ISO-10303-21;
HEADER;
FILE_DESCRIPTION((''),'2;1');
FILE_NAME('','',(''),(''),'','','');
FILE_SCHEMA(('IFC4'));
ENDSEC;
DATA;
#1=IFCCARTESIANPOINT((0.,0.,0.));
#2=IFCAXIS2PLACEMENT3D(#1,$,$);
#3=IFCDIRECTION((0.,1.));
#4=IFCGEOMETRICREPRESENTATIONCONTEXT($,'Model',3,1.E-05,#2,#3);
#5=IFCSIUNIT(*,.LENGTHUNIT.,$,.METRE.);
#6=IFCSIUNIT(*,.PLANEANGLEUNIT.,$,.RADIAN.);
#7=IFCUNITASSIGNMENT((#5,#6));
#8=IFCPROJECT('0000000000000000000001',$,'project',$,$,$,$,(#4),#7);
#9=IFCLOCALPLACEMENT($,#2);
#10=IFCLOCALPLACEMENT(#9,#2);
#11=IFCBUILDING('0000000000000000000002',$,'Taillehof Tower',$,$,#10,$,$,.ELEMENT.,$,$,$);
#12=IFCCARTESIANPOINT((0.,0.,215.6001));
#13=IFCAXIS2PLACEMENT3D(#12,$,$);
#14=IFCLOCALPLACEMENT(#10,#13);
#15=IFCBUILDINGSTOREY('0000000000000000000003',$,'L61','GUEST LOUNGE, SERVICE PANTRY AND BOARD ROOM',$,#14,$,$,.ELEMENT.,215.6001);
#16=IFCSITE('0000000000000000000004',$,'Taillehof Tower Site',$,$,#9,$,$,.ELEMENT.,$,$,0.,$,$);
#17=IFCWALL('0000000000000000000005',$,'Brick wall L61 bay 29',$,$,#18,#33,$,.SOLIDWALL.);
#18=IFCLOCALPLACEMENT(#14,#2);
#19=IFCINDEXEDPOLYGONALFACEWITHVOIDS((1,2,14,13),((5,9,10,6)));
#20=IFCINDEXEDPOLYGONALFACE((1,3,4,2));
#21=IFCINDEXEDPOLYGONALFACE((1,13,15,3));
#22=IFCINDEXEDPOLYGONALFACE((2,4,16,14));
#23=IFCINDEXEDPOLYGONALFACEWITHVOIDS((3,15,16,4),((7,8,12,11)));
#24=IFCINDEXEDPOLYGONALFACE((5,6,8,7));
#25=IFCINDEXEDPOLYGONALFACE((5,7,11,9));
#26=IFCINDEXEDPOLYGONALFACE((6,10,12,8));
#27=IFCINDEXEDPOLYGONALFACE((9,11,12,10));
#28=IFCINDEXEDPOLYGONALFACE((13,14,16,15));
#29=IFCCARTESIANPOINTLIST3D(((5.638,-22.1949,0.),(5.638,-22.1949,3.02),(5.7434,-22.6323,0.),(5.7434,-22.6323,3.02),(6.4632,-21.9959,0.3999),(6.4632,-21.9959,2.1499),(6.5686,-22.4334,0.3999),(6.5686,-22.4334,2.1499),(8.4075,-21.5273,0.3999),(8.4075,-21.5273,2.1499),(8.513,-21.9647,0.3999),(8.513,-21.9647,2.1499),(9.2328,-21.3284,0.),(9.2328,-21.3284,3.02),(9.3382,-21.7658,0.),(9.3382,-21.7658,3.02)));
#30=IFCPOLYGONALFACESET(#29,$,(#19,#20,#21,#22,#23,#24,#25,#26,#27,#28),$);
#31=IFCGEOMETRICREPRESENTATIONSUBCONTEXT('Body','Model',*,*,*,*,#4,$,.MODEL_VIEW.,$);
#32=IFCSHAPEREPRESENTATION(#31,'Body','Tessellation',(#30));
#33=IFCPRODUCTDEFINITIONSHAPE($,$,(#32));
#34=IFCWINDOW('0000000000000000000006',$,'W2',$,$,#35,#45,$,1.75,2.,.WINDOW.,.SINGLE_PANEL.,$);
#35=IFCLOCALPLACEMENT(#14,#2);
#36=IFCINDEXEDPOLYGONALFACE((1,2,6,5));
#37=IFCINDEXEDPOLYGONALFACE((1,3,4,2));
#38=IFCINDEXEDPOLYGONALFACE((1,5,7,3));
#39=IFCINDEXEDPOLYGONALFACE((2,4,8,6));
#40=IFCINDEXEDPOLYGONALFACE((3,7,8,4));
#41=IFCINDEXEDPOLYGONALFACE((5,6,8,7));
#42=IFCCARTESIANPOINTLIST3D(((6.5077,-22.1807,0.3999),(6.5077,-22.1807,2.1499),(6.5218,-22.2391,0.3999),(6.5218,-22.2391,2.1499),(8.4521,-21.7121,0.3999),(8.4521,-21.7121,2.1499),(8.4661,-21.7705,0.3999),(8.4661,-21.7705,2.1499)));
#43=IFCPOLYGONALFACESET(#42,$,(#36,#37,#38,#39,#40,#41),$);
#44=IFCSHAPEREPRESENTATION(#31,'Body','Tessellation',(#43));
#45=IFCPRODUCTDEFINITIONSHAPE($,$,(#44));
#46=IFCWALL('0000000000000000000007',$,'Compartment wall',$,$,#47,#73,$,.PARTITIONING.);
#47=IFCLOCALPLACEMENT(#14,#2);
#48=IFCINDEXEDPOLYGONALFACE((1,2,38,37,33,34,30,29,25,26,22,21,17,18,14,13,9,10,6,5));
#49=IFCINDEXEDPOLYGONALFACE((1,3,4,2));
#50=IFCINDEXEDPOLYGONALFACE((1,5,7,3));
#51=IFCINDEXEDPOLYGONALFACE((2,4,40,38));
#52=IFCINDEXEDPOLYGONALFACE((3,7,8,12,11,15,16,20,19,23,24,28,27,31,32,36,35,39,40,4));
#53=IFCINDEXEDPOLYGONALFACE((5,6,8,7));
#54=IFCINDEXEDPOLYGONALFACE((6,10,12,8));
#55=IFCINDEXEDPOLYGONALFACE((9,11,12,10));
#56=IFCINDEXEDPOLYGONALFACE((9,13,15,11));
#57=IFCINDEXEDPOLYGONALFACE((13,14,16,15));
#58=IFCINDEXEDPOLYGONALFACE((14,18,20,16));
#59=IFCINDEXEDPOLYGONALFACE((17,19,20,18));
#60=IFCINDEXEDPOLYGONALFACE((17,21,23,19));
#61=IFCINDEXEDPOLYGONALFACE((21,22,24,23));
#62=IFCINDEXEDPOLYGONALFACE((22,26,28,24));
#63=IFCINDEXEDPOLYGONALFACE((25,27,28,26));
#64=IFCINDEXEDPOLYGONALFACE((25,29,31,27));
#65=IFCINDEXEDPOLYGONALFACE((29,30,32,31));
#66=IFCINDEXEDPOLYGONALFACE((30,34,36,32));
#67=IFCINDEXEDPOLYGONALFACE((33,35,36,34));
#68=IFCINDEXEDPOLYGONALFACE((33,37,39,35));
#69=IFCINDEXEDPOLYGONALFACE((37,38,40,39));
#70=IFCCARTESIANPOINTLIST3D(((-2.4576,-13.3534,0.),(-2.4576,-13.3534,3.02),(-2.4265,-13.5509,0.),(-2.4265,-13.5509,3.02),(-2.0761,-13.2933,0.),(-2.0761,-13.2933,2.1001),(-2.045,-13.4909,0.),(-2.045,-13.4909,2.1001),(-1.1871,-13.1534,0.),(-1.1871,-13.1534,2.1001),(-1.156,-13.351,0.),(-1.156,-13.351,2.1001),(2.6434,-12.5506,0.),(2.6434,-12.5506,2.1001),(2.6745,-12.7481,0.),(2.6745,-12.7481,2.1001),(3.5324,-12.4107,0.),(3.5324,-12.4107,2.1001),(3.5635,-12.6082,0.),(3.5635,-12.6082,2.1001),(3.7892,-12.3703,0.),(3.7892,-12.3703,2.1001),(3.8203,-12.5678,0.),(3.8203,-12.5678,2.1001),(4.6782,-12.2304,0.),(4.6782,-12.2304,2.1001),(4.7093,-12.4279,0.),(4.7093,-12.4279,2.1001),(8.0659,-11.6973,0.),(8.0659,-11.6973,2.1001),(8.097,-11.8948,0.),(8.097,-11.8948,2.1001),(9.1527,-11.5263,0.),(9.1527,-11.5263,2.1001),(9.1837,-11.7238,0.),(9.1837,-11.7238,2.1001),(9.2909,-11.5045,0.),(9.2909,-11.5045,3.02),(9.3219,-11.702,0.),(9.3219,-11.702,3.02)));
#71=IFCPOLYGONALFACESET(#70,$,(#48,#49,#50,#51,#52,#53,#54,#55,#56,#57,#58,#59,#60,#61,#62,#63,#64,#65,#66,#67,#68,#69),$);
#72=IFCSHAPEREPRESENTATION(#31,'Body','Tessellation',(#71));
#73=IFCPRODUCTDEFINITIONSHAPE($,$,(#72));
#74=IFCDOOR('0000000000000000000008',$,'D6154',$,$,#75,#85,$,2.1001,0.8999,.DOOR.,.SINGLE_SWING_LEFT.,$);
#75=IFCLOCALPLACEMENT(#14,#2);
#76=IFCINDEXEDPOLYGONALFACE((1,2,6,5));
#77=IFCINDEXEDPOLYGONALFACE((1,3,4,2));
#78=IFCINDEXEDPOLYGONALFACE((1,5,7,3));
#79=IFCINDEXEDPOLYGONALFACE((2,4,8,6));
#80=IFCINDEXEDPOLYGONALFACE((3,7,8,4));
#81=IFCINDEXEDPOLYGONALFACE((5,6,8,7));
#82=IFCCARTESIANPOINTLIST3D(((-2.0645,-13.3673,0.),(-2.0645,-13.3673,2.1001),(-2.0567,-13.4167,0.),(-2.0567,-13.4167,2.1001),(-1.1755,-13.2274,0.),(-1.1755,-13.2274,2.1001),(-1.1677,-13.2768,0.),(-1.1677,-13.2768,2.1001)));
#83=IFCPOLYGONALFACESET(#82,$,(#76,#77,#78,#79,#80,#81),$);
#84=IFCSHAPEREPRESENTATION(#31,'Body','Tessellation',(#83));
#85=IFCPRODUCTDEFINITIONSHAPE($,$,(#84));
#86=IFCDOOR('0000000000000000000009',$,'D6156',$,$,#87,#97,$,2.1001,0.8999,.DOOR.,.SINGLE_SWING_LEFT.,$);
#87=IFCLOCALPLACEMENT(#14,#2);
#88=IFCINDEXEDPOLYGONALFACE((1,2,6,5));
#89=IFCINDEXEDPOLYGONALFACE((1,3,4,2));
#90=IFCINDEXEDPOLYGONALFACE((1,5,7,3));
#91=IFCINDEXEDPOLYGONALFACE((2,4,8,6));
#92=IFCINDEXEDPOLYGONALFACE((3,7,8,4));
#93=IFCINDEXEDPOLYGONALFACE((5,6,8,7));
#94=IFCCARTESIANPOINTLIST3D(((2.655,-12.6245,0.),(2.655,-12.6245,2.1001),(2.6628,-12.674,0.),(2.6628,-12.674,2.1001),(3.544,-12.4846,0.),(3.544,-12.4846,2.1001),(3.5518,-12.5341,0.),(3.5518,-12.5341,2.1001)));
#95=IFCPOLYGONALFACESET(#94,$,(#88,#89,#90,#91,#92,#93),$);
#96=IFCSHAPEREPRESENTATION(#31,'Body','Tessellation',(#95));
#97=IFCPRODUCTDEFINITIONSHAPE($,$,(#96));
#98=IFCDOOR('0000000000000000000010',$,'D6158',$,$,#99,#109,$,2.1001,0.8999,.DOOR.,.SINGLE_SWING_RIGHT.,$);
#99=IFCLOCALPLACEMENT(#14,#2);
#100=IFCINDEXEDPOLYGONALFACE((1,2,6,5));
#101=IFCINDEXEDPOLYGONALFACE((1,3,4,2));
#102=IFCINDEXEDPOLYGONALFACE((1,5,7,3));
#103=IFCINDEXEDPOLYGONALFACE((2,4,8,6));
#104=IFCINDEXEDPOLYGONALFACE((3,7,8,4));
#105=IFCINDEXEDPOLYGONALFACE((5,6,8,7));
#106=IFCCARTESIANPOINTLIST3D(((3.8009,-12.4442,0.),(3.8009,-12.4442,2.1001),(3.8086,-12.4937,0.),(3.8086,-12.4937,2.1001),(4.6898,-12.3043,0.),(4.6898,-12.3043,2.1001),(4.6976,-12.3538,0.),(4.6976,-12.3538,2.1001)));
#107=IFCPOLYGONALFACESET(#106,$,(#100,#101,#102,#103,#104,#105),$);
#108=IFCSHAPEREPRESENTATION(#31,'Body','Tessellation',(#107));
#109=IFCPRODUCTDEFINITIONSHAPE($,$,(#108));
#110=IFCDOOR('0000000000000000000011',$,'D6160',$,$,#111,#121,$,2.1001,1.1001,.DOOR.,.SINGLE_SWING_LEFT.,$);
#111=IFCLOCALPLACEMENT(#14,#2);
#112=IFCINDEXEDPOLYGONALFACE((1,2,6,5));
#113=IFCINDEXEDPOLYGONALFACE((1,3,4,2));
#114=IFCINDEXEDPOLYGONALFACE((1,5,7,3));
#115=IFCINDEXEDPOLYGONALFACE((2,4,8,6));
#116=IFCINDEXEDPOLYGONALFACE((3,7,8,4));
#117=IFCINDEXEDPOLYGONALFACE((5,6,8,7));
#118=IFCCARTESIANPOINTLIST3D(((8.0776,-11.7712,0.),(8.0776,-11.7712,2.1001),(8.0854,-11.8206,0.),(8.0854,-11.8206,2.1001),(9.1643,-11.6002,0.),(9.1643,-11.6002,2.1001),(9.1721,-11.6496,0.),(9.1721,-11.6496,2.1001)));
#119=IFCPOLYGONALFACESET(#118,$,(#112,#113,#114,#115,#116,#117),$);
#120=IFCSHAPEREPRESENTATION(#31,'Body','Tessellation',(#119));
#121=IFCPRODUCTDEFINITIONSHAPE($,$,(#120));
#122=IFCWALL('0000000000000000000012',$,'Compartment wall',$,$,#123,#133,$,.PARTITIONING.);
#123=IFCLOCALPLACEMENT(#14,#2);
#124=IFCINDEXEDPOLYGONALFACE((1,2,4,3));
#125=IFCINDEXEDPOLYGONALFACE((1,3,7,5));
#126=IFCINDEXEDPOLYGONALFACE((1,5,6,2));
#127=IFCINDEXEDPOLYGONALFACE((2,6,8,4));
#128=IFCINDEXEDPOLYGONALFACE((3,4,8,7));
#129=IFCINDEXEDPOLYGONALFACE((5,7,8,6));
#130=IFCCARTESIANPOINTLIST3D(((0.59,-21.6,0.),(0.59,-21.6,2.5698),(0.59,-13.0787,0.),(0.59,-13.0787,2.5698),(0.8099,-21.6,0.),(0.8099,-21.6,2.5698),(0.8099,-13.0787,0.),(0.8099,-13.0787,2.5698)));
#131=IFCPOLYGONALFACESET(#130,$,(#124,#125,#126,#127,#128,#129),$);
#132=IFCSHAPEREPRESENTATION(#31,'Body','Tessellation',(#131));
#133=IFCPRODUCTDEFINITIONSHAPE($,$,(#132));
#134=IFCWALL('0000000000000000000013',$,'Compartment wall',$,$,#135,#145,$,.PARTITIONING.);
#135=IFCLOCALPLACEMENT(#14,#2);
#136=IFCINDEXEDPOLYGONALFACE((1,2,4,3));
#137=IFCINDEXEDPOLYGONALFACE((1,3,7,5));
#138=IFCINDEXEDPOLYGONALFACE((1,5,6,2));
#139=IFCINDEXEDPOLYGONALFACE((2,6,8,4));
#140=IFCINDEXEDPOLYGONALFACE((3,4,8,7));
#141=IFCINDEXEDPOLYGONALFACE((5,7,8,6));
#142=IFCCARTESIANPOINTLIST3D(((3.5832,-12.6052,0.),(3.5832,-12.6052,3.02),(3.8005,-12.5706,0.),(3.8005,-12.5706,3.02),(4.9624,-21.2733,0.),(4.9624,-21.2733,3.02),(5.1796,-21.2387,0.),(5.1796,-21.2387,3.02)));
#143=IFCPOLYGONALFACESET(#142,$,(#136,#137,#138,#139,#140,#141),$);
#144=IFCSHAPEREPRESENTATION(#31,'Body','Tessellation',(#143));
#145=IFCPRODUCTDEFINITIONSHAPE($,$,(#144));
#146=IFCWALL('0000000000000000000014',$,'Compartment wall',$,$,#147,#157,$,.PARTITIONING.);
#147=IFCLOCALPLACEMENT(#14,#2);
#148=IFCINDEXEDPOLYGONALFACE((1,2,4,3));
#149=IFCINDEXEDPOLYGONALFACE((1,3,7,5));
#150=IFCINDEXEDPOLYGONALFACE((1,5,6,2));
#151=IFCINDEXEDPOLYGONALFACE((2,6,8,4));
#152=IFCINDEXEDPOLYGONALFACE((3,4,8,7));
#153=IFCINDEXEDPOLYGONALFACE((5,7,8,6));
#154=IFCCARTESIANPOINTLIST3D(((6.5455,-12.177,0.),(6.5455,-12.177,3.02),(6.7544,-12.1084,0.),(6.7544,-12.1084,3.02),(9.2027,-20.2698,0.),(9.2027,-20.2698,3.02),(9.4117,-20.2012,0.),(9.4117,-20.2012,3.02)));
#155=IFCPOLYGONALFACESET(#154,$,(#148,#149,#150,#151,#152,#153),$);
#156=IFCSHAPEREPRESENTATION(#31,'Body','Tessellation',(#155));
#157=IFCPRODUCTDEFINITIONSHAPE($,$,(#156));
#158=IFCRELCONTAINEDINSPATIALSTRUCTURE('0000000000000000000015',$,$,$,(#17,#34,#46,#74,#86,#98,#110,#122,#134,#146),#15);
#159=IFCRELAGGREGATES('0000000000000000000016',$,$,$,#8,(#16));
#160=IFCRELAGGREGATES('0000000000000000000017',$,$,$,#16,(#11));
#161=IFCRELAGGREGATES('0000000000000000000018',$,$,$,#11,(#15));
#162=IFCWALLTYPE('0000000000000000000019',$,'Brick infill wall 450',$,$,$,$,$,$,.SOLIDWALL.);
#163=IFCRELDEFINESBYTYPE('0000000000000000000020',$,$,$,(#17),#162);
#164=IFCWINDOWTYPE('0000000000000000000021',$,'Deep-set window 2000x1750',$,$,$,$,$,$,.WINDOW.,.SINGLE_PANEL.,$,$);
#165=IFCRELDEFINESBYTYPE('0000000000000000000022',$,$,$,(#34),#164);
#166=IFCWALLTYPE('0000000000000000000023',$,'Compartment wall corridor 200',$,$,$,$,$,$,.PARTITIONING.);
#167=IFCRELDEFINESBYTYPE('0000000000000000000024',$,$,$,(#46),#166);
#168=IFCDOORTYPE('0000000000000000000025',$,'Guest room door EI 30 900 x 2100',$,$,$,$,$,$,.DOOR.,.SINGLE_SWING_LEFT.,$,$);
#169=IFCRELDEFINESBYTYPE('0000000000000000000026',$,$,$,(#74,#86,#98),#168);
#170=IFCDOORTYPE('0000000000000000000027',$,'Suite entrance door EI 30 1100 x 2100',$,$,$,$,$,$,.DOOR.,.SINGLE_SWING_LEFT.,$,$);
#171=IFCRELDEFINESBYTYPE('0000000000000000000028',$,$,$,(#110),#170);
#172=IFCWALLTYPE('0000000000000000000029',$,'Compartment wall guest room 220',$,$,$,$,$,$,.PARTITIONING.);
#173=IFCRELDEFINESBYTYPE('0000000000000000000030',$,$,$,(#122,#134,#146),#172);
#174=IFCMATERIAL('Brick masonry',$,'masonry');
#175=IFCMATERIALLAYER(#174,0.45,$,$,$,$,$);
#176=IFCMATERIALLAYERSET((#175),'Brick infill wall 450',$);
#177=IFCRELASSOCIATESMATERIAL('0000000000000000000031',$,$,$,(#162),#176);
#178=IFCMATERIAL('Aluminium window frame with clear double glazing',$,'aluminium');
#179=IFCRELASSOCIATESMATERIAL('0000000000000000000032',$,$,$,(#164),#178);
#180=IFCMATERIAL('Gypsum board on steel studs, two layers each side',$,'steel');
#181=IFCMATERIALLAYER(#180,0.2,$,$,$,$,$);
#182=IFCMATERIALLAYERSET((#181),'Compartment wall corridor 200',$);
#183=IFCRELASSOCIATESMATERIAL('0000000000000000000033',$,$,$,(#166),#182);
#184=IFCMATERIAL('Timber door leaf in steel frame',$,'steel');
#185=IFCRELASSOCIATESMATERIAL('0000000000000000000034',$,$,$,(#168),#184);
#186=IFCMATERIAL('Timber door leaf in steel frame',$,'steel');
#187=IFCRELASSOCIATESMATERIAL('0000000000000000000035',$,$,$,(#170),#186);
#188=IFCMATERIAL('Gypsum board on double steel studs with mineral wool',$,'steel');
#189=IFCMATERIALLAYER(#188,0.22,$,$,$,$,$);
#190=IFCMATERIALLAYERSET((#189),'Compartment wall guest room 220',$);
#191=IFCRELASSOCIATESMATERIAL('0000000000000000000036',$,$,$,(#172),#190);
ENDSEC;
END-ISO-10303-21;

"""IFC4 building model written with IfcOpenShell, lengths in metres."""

from ifc_helpers import new_model, si_unit, direction, frame, frame_2d, origin, place, context, subcontext, project, spatial, rectangle, extrude, material, layer, layer_set, type_object, element, fill, save


model = new_model("IFC4")

# Units and contexts
model_context = context("Model", 3, precision=1e-05, world=origin(), true_north=direction((0.0, 1.0)))
body_context = subcontext(model_context, "Body", "Model", "MODEL_VIEW")
ifc_project = project(units=[si_unit("LENGTHUNIT", "METRE"), si_unit("PLANEANGLEUNIT", "RADIAN")], contexts=[model_context])

# Site, building, storey
site_placement = place(None, origin())
site = spatial("IfcSite", under=ifc_project, at=site_placement, Name="Taillehof Tower Site", CompositionType="ELEMENT", RefElevation=0.0)
building_placement = place(site_placement, origin())
building = spatial("IfcBuilding", under=site, at=building_placement, Name="Taillehof Tower", CompositionType="ELEMENT")
storey_placement = place(building_placement, frame((0.0, 0.0, 215.6001)))
storey = spatial("IfcBuildingStorey", under=building, at=storey_placement, Name="L61", Description="GUEST LOUNGE, SERVICE PANTRY AND BOARD ROOM", CompositionType="ELEMENT", Elevation=215.6001)

# Wall, opening, window
ifc_material_1 = material(Name="Brick masonry", Category="masonry")
ifc_layer_1 = layer(ifc_material_1, 0.45)
ifc_layer_set_1 = layer_set([ifc_layer_1], Name="Brick infill wall 450")
wall_type_1 = type_object("IfcWallType", Name="Brick infill wall 450", PredefinedType="SOLIDWALL", material=ifc_layer_set_1)
ifc_material_2 = material(Name="Aluminium window frame with clear double glazing", Category="aluminium")
window_type = type_object("IfcWindowType", Name="Deep-set window 2000x1750", PartitioningType="SINGLE_PANEL", PredefinedType="WINDOW", material=ifc_material_2)
wall_1_placement = place(storey_placement, frame((5.6907, -22.4136, 0.0), z_axis=(0.0, 0.0, 1.0), x_axis=(0.972158, 0.234324, 0.0)))
wall_1 = element("IfcWall", 1, at=wall_1_placement, inside=storey, type_object=wall_type_1, Name="Brick wall L61 bay 29", PredefinedType="SOLIDWALL", context=body_context, shape_type="SweptSolid", body=[
    extrude(rectangle(XDim=3.6978, YDim=0.45, at=frame_2d((1.8489, 0.0))), origin(), (0.0, 0.0, 1.0), 3.02),
])
opening_1_placement = place(wall_1_placement, frame((0.8489, 0.0, 0.3999)))
opening_1 = element("IfcOpeningElement", 2, at=opening_1_placement, cuts=wall_1, PredefinedType="OPENING", context=body_context, shape_type="SweptSolid", body=[
    extrude(rectangle(XDim=2.0, YDim=1.75, at=frame_2d((1.0, 0.875))), frame((0.0, 0.2349, 0.0), z_axis=(0.0, -1.0, 0.0), x_axis=(1.0, 0.0, 0.0)), (0.0, 0.0, 1.0), 0.47),
])
window_1_placement = place(opening_1_placement, origin())
window_1 = element("IfcWindow", 3, at=window_1_placement, inside=storey, type_object=window_type, Name="W2", OverallHeight=1.75, OverallWidth=2.0, PartitioningType="SINGLE_PANEL", PredefinedType="WINDOW", context=body_context, shape_type="SweptSolid", body=[
    extrude(rectangle(XDim=2.0, YDim=1.75, at=frame_2d((1.0, 0.875))), frame((0.0, 0.0349, 0.0), z_axis=(0.0, -1.0, 0.0), x_axis=(1.0, 0.0, 0.0)), (0.0, 0.0, 1.0), 0.0601),
])
fill(opening_1, window_1)

# Wall, openings, doors
ifc_material_3 = material(Name="Gypsum board on steel studs, two layers each side", Category="steel")
ifc_layer_2 = layer(ifc_material_3, 0.2)
ifc_layer_set_2 = layer_set([ifc_layer_2], Name="Compartment wall corridor 200")
wall_type_2 = type_object("IfcWallType", Name="Compartment wall corridor 200", PredefinedType="PARTITIONING", material=ifc_layer_set_2)
wall_2_placement = place(storey_placement, frame((9.3064, -11.6033, 0.0), z_axis=(0.0, 0.0, 1.0), x_axis=(-0.987843, -0.155458, 0.0)))
wall_2 = element("IfcWall", 4, at=wall_2_placement, inside=storey, type_object=wall_type_2, Name="Compartment wall", PredefinedType="PARTITIONING", context=body_context, shape_type="SweptSolid", body=[
    extrude(rectangle(XDim=11.8931, YDim=0.2, at=frame_2d((5.9465, 0.0))), origin(), (0.0, 0.0, 1.0), 3.02),
])
opening_2_placement = place(wall_2_placement, frame((10.6069, 0.0, 0.0)))
opening_2 = element("IfcOpeningElement", 5, at=opening_2_placement, cuts=wall_2, PredefinedType="OPENING", context=body_context, shape_type="SweptSolid", body=[
    extrude(rectangle(XDim=0.8999, YDim=2.1001, at=frame_2d((0.45, 1.05))), frame((0.0, 0.1099, 0.0), z_axis=(0.0, -1.0, 0.0), x_axis=(1.0, 0.0, 0.0)), (0.0, 0.0, 1.0), 0.22),
])
opening_3_placement = place(wall_2_placement, frame((5.8293, 0.0, 0.0)))
opening_3 = element("IfcOpeningElement", 6, at=opening_3_placement, cuts=wall_2, PredefinedType="OPENING", context=body_context, shape_type="SweptSolid", body=[
    extrude(rectangle(XDim=0.8999, YDim=2.1001, at=frame_2d((0.45, 1.05))), frame((0.0, 0.1099, 0.0), z_axis=(0.0, -1.0, 0.0), x_axis=(1.0, 0.0, 0.0)), (0.0, 0.0, 1.0), 0.22),
])
opening_4_placement = place(wall_2_placement, frame((4.6694, 0.0, 0.0)))
opening_4 = element("IfcOpeningElement", 7, at=opening_4_placement, cuts=wall_2, PredefinedType="OPENING", context=body_context, shape_type="SweptSolid", body=[
    extrude(rectangle(XDim=0.8999, YDim=2.1001, at=frame_2d((0.45, 1.05))), frame((0.0, 0.1099, 0.0), z_axis=(0.0, -1.0, 0.0), x_axis=(1.0, 0.0, 0.0)), (0.0, 0.0, 1.0), 0.22),
])
opening_5_placement = place(wall_2_placement, frame((0.1399, 0.0, 0.0)))
opening_5 = element("IfcOpeningElement", 8, at=opening_5_placement, cuts=wall_2, PredefinedType="OPENING", context=body_context, shape_type="SweptSolid", body=[
    extrude(rectangle(XDim=1.1001, YDim=2.1001, at=frame_2d((0.55, 1.05))), frame((0.0, 0.1099, 0.0), z_axis=(0.0, -1.0, 0.0), x_axis=(1.0, 0.0, 0.0)), (0.0, 0.0, 1.0), 0.22),
])
ifc_material_4 = material(Name="Timber door leaf in steel frame", Category="steel")
door_type_1 = type_object("IfcDoorType", Name="Guest room door EI 30 900 x 2100", OperationType="SINGLE_SWING_LEFT", PredefinedType="DOOR", material=ifc_material_4)
door_1_placement = place(opening_2_placement, origin())
door_1 = element("IfcDoor", 9, at=door_1_placement, inside=storey, type_object=door_type_1, Name="D6154", OperationType="SINGLE_SWING_LEFT", OverallHeight=2.1001, OverallWidth=0.8999, PredefinedType="DOOR", context=body_context, shape_type="SweptSolid", body=[
    extrude(rectangle(XDim=0.8999, YDim=2.1001, at=frame_2d((0.45, 1.05))), frame((0.0, 0.0249, 0.0), z_axis=(0.0, -1.0, 0.0), x_axis=(1.0, 0.0, 0.0)), (0.0, 0.0, 1.0), 0.05),
])
fill(opening_2, door_1)
door_2_placement = place(opening_3_placement, origin())
door_2 = element("IfcDoor", 10, at=door_2_placement, inside=storey, type_object=door_type_1, Name="D6156", OperationType="SINGLE_SWING_LEFT", OverallHeight=2.1001, OverallWidth=0.8999, PredefinedType="DOOR", context=body_context, shape_type="SweptSolid", body=[
    extrude(rectangle(XDim=0.8999, YDim=2.1001, at=frame_2d((0.45, 1.05))), frame((0.0, 0.0249, 0.0), z_axis=(0.0, -1.0, 0.0), x_axis=(1.0, 0.0, 0.0)), (0.0, 0.0, 1.0), 0.05),
])
fill(opening_3, door_2)
door_3_placement = place(opening_4_placement, origin())
door_3 = element("IfcDoor", 11, at=door_3_placement, inside=storey, type_object=door_type_1, Name="D6158", OperationType="SINGLE_SWING_RIGHT", OverallHeight=2.1001, OverallWidth=0.8999, PredefinedType="DOOR", context=body_context, shape_type="SweptSolid", body=[
    extrude(rectangle(XDim=0.8999, YDim=2.1001, at=frame_2d((0.45, 1.05))), frame((0.0, 0.0249, 0.0), z_axis=(0.0, -1.0, 0.0), x_axis=(1.0, 0.0, 0.0)), (0.0, 0.0, 1.0), 0.05),
])
fill(opening_4, door_3)
ifc_material_5 = material(Name="Timber door leaf in steel frame", Category="steel")
door_type_2 = type_object("IfcDoorType", Name="Suite entrance door EI 30 1100 x 2100", OperationType="SINGLE_SWING_LEFT", PredefinedType="DOOR", material=ifc_material_5)
door_4_placement = place(opening_5_placement, origin())
door_4 = element("IfcDoor", 12, at=door_4_placement, inside=storey, type_object=door_type_2, Name="D6160", OperationType="SINGLE_SWING_LEFT", OverallHeight=2.1001, OverallWidth=1.1001, PredefinedType="DOOR", context=body_context, shape_type="SweptSolid", body=[
    extrude(rectangle(XDim=1.1001, YDim=2.1001, at=frame_2d((0.55, 1.05))), frame((0.0, 0.0249, 0.0), z_axis=(0.0, -1.0, 0.0), x_axis=(1.0, 0.0, 0.0)), (0.0, 0.0, 1.0), 0.05),
])
fill(opening_5, door_4)

# Walls
ifc_material_6 = material(Name="Gypsum board on double steel studs with mineral wool", Category="steel")
ifc_layer_3 = layer(ifc_material_6, 0.22)
ifc_layer_set_3 = layer_set([ifc_layer_3], Name="Compartment wall guest room 220")
wall_type_3 = type_object("IfcWallType", Name="Compartment wall guest room 220", PredefinedType="PARTITIONING", material=ifc_layer_set_3)
wall_3_placement = place(storey_placement, frame((0.7, -21.6001, 0.0), z_axis=(0.0, 0.0, 1.0), x_axis=(0.0, 1.0, 0.0)))
element("IfcWall", 13, at=wall_3_placement, inside=storey, type_object=wall_type_3, Name="Compartment wall", PredefinedType="PARTITIONING", context=body_context, shape_type="SweptSolid", body=[
    extrude(rectangle(XDim=8.5212, YDim=0.22, at=frame_2d((4.2607, 0.0))), origin(), (0.0, 0.0, 1.0), 2.5698),
])
wall_4_placement = place(storey_placement, frame((5.071, -21.2561, 0.0), z_axis=(0.0, 0.0, 1.0), x_axis=(-0.157132, 0.987578, 0.0)))
element("IfcWall", 14, at=wall_4_placement, inside=storey, type_object=wall_type_3, Name="Compartment wall", PredefinedType="PARTITIONING", context=body_context, shape_type="SweptSolid", body=[
    extrude(rectangle(XDim=8.7771, YDim=0.22, at=frame_2d((4.3887, 0.0))), origin(), (0.0, 0.0, 1.0), 3.02),
])
wall_5_placement = place(storey_placement, frame((9.3071, -20.2354, 0.0), z_axis=(0.0, 0.0, 1.0), x_axis=(-0.31196, 0.950095, 0.0)))
element("IfcWall", 15, at=wall_5_placement, inside=storey, type_object=wall_type_3, Name="Compartment wall", PredefinedType="PARTITIONING", context=body_context, shape_type="SweptSolid", body=[
    extrude(rectangle(XDim=8.5178, YDim=0.22, at=frame_2d((4.2588, 0.0))), origin(), (0.0, 0.0, 1.0), 3.02),
])

save(model, "model.ifc")
